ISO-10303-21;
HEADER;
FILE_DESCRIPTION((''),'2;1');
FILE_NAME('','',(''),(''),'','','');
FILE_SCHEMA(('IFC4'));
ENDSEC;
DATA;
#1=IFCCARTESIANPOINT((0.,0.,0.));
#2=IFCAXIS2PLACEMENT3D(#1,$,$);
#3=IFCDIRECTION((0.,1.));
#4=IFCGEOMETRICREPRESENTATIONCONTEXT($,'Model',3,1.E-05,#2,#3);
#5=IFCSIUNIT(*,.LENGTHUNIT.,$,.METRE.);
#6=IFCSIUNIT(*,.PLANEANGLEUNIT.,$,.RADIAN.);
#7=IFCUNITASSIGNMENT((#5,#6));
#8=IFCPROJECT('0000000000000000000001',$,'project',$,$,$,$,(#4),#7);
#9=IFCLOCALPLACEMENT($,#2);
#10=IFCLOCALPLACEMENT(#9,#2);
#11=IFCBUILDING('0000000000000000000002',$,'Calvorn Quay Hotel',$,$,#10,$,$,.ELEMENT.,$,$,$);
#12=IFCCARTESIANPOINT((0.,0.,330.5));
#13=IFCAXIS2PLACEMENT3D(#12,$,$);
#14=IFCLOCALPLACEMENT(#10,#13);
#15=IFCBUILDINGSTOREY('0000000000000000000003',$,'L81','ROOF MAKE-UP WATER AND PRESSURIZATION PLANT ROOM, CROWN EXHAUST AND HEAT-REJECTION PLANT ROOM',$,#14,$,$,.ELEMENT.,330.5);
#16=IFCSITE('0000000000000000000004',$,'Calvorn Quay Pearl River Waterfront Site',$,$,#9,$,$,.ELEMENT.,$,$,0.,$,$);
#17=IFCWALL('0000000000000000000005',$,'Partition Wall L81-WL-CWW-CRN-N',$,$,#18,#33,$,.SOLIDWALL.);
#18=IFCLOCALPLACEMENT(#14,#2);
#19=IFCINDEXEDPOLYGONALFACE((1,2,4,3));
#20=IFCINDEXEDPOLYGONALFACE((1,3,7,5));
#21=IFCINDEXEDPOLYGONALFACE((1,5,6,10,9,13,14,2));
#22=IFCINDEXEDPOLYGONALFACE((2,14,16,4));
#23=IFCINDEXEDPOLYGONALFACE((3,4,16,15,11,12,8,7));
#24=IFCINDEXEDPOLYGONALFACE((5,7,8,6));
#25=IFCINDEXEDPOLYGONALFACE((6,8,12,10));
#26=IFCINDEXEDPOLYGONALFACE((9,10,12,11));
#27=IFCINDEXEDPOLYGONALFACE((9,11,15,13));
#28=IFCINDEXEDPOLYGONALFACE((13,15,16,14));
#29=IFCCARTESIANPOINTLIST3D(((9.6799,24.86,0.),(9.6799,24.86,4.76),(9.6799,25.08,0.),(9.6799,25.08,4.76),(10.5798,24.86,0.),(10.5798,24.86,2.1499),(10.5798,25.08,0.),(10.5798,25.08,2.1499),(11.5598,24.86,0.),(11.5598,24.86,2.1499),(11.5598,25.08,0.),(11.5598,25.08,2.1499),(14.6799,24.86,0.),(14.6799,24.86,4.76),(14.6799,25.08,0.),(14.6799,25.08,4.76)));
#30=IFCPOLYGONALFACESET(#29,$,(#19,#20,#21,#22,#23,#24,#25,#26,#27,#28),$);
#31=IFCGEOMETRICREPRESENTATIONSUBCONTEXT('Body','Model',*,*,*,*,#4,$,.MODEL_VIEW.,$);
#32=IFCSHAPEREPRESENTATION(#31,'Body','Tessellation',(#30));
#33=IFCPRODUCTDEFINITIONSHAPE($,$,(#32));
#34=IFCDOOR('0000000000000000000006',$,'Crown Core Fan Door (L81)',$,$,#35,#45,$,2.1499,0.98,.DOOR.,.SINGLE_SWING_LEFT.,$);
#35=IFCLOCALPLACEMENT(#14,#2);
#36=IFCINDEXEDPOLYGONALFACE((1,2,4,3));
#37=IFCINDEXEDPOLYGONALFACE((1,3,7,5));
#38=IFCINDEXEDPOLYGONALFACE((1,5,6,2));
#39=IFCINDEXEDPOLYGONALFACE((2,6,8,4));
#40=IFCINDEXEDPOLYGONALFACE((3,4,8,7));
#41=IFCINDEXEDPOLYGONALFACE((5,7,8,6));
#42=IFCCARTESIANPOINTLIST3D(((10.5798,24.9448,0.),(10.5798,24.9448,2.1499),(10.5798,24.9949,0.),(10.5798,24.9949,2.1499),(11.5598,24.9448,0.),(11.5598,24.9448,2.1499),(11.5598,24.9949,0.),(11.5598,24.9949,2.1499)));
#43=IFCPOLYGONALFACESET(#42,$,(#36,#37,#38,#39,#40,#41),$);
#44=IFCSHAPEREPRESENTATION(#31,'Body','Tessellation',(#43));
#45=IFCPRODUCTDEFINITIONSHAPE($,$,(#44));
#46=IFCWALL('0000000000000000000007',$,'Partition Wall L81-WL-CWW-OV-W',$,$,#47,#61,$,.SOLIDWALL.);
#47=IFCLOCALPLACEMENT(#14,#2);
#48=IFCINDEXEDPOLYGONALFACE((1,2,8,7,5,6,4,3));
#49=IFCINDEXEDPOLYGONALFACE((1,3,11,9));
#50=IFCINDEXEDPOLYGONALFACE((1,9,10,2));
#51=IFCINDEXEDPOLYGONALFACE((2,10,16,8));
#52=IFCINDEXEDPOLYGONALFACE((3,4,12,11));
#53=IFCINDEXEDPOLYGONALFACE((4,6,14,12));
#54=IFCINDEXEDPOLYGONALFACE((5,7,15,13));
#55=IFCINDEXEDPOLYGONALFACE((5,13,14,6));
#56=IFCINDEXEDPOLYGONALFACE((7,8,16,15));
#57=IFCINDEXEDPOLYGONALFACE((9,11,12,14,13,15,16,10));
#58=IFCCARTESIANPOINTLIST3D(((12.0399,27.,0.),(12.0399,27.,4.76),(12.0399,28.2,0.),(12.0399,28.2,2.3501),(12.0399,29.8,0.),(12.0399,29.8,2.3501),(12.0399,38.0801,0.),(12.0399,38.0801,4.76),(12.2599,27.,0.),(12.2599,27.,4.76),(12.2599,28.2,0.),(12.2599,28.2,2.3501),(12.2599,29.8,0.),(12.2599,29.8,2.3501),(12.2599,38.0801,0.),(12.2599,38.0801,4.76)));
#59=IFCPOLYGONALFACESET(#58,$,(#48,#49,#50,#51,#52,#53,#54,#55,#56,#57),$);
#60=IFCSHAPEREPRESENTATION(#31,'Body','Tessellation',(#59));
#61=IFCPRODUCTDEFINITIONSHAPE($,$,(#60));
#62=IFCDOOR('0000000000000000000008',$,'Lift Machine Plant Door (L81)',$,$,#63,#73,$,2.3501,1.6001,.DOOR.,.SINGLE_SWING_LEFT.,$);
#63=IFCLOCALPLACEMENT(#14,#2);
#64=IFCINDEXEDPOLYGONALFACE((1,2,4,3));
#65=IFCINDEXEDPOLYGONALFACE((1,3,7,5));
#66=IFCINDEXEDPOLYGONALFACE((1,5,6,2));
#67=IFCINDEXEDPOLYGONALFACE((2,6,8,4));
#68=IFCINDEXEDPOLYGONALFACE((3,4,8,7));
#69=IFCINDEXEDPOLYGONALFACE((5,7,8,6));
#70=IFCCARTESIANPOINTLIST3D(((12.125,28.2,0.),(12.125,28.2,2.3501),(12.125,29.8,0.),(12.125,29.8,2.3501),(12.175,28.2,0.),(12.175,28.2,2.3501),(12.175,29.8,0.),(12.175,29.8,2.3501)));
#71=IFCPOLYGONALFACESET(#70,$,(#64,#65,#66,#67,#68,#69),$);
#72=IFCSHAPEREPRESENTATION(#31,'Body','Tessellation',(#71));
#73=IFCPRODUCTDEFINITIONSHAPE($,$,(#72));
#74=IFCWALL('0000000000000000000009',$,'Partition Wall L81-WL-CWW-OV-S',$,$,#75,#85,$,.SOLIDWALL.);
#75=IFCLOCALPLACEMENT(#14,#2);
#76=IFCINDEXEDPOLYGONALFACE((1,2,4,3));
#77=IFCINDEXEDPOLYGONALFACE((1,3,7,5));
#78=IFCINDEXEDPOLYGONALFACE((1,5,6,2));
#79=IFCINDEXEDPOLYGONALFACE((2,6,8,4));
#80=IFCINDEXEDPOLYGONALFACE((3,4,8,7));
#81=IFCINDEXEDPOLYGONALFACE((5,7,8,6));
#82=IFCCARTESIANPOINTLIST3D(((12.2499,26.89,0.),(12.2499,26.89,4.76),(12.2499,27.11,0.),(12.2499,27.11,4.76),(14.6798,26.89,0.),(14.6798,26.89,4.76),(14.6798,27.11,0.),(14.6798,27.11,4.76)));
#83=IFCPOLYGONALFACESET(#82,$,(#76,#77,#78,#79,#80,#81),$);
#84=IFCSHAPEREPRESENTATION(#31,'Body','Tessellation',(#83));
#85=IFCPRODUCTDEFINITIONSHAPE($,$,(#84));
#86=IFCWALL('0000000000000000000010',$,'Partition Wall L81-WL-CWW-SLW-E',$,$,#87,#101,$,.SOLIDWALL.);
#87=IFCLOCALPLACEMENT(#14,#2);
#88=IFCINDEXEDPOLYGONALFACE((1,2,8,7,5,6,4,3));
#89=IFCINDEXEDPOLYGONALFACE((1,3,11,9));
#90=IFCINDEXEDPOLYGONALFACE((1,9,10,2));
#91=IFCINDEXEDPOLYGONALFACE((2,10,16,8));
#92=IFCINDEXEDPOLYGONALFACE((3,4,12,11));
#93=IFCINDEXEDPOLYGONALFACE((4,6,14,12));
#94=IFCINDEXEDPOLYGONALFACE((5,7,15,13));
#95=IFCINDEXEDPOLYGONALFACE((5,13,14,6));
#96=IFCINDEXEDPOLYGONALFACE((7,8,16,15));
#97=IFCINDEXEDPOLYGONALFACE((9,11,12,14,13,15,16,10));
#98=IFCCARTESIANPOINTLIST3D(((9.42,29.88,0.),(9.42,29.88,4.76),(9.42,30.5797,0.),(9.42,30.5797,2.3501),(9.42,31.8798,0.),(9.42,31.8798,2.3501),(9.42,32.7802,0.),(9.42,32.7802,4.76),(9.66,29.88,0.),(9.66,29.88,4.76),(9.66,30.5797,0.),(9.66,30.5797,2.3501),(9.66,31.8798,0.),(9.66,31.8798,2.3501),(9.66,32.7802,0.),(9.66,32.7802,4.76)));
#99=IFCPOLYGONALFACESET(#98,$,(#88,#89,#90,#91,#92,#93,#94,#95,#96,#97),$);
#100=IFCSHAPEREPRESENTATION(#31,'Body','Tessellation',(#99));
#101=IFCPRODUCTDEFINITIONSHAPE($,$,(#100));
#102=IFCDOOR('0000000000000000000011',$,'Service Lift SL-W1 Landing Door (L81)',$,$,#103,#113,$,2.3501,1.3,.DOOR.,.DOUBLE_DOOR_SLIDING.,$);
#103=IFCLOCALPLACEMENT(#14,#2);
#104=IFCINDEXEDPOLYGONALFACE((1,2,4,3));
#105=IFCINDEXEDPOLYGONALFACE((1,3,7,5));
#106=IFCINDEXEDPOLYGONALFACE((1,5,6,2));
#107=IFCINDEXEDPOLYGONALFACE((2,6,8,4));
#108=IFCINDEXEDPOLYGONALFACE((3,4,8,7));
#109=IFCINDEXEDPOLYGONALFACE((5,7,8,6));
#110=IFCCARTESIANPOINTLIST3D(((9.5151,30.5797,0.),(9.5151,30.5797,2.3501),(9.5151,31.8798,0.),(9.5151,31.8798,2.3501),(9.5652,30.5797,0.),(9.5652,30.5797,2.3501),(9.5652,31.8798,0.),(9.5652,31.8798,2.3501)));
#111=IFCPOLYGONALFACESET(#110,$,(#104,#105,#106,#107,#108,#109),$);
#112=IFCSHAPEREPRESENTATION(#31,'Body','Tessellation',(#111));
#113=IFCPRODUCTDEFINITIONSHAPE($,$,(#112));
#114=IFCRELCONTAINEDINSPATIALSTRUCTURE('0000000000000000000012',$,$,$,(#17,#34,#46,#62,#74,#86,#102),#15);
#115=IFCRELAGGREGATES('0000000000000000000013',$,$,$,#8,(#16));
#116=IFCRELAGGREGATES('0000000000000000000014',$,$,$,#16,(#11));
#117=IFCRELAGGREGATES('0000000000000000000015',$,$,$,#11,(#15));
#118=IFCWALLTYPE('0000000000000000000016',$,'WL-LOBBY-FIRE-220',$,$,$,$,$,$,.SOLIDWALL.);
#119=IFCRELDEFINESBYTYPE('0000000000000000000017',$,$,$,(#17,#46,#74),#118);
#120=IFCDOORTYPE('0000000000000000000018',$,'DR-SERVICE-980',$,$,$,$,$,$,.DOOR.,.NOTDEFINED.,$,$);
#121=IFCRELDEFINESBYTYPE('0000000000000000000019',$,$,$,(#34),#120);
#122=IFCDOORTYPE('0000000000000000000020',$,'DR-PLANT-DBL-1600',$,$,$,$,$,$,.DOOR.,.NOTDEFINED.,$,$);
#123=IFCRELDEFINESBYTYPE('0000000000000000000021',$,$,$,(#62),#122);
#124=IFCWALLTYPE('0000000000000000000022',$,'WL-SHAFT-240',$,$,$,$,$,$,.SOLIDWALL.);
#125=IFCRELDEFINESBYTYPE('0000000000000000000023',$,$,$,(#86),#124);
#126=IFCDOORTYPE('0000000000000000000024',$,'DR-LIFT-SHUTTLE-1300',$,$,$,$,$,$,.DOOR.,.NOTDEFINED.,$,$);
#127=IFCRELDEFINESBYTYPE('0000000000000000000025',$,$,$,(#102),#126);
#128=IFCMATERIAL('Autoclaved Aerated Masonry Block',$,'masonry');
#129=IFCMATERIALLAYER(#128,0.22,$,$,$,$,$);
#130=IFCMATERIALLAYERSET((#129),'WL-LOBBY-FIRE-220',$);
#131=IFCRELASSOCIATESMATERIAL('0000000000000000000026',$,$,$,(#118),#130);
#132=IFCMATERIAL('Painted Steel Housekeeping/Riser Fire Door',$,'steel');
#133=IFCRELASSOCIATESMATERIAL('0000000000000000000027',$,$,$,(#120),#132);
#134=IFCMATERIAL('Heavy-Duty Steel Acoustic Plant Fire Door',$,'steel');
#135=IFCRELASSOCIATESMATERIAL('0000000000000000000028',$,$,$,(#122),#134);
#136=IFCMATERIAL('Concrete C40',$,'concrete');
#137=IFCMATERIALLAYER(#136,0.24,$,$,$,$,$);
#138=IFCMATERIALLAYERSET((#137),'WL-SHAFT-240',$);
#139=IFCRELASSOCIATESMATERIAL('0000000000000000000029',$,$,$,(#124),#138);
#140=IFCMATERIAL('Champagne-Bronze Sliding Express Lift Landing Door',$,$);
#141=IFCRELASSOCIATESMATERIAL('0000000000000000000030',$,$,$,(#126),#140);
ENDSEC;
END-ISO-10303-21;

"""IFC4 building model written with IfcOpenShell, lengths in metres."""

from ifc_helpers import new_model, si_unit, direction, frame, frame_2d, origin, place, context, subcontext, project, spatial, rectangle, extrude, material, layer, layer_set, type_object, element, fill, save


model = new_model("IFC4")

# Units and contexts
model_context = context("Model", 3, precision=1e-05, world=origin(), true_north=direction((0.0, 1.0)))
body_context = subcontext(model_context, "Body", "Model", "MODEL_VIEW")
ifc_project = project(units=[si_unit("LENGTHUNIT", "METRE"), si_unit("PLANEANGLEUNIT", "RADIAN")], contexts=[model_context])

# Site, building, storey
site_placement = place(None, origin())
site = spatial("IfcSite", under=ifc_project, at=site_placement, Name="Calvorn Quay Pearl River Waterfront Site", CompositionType="ELEMENT", RefElevation=0.0)
building_placement = place(site_placement, origin())
building = spatial("IfcBuilding", under=site, at=building_placement, Name="Calvorn Quay Hotel", CompositionType="ELEMENT")
storey_placement = place(building_placement, frame((0.0, 0.0, 330.5)))
storey = spatial("IfcBuildingStorey", under=building, at=storey_placement, Name="L81", Description="ROOF MAKE-UP WATER AND PRESSURIZATION PLANT ROOM, CROWN EXHAUST AND HEAT-REJECTION PLANT ROOM", CompositionType="ELEMENT", Elevation=330.5)

# Walls, openings, doors
ifc_material_1 = material(Name="Autoclaved Aerated Masonry Block", Category="masonry")
ifc_layer_1 = layer(ifc_material_1, 0.22)
ifc_layer_set_1 = layer_set([ifc_layer_1], Name="WL-LOBBY-FIRE-220")
wall_type_1 = type_object("IfcWallType", Name="WL-LOBBY-FIRE-220", PredefinedType="SOLIDWALL", material=ifc_layer_set_1)
wall_1_placement = place(storey_placement, frame((9.6799, 24.97, 0.0), z_axis=(0.0, 0.0, 1.0), x_axis=(1.0, 0.0, 0.0)))
wall_1 = element("IfcWall", 1, at=wall_1_placement, inside=storey, type_object=wall_type_1, Name="Partition Wall L81-WL-CWW-CRN-N", PredefinedType="SOLIDWALL", context=body_context, shape_type="SweptSolid", body=[
    extrude(rectangle(XDim=5.0, YDim=0.22, at=frame_2d((2.5, 0.0))), origin(), (0.0, 0.0, 1.0), 4.76),
])
opening_1_placement = place(wall_1_placement, frame((0.8999, 0.0, 0.0)))
opening_1 = element("IfcOpeningElement", 2, at=opening_1_placement, cuts=wall_1, PredefinedType="OPENING", context=body_context, shape_type="SweptSolid", body=[
    extrude(rectangle(XDim=0.98, YDim=2.1499, at=frame_2d((0.49, 1.075))), frame((0.0, 0.1199, 0.0), z_axis=(0.0, -1.0, 0.0), x_axis=(1.0, 0.0, 0.0)), (0.0, 0.0, 1.0), 0.24),
])
ifc_material_2 = material(Name="Painted Steel Housekeeping/Riser Fire Door", Category="steel")
door_type_1 = type_object("IfcDoorType", Name="DR-SERVICE-980", OperationType="NOTDEFINED", PredefinedType="DOOR", material=ifc_material_2)
door_1_placement = place(opening_1_placement, origin())
door_1 = element("IfcDoor", 3, at=door_1_placement, inside=storey, type_object=door_type_1, Name="Crown Core Fan Door (L81)", OperationType="SINGLE_SWING_LEFT", OverallHeight=2.1499, OverallWidth=0.98, PredefinedType="DOOR", context=body_context, shape_type="SweptSolid", body=[
    extrude(rectangle(XDim=0.98, YDim=2.1499, at=frame_2d((0.49, 1.075))), frame((0.0, 0.0249, 0.0), z_axis=(0.0, -1.0, 0.0), x_axis=(1.0, 0.0, 0.0)), (0.0, 0.0, 1.0), 0.05),
])
fill(opening_1, door_1)
wall_2_placement = place(storey_placement, frame((12.1499, 27.0, 0.0), z_axis=(0.0, 0.0, 1.0), x_axis=(0.0, 1.0, 0.0)))
wall_2 = element("IfcWall", 4, at=wall_2_placement, inside=storey, type_object=wall_type_1, Name="Partition Wall L81-WL-CWW-OV-W", PredefinedType="SOLIDWALL", context=body_context, shape_type="SweptSolid", body=[
    extrude(rectangle(XDim=11.0801, YDim=0.22, at=frame_2d((5.54, 0.0))), origin(), (0.0, 0.0, 1.0), 4.76),
])
opening_2_placement = place(wall_2_placement, frame((1.2, 0.0, 0.0)))
opening_2 = element("IfcOpeningElement", 5, at=opening_2_placement, cuts=wall_2, PredefinedType="OPENING", context=body_context, shape_type="SweptSolid", body=[
    extrude(rectangle(XDim=1.6001, YDim=2.3501, at=frame_2d((0.8, 1.175))), frame((0.0, 0.1199, 0.0), z_axis=(0.0, -1.0, 0.0), x_axis=(1.0, 0.0, 0.0)), (0.0, 0.0, 1.0), 0.24),
])
ifc_material_3 = material(Name="Heavy-Duty Steel Acoustic Plant Fire Door", Category="steel")
door_type_2 = type_object("IfcDoorType", Name="DR-PLANT-DBL-1600", OperationType="NOTDEFINED", PredefinedType="DOOR", material=ifc_material_3)
door_2_placement = place(opening_2_placement, origin())
door_2 = element("IfcDoor", 6, at=door_2_placement, inside=storey, type_object=door_type_2, Name="Lift Machine Plant Door (L81)", OperationType="SINGLE_SWING_LEFT", OverallHeight=2.3501, OverallWidth=1.6001, PredefinedType="DOOR", context=body_context, shape_type="SweptSolid", body=[
    extrude(rectangle(XDim=1.6001, YDim=2.3501, at=frame_2d((0.8, 1.175))), frame((0.0, 0.0249, 0.0), z_axis=(0.0, -1.0, 0.0), x_axis=(1.0, 0.0, 0.0)), (0.0, 0.0, 1.0), 0.05),
])
fill(opening_2, door_2)

# Wall
wall_3_placement = place(storey_placement, frame((12.25, 27.0, 0.0), z_axis=(0.0, 0.0, 1.0), x_axis=(1.0, 0.0, 0.0)))
element("IfcWall", 7, at=wall_3_placement, inside=storey, type_object=wall_type_1, Name="Partition Wall L81-WL-CWW-OV-S", PredefinedType="SOLIDWALL", context=body_context, shape_type="SweptSolid", body=[
    extrude(rectangle(XDim=2.4299, YDim=0.22, at=frame_2d((1.2148, 0.0))), origin(), (0.0, 0.0, 1.0), 4.76),
])

# Wall, opening, door
ifc_material_4 = material(Name="Concrete C40", Category="concrete")
ifc_layer_2 = layer(ifc_material_4, 0.24)
ifc_layer_set_2 = layer_set([ifc_layer_2], Name="WL-SHAFT-240")
wall_type_2 = type_object("IfcWallType", Name="WL-SHAFT-240", PredefinedType="SOLIDWALL", material=ifc_layer_set_2)
wall_4_placement = place(storey_placement, frame((9.54, 29.8799, 0.0), z_axis=(0.0, 0.0, 1.0), x_axis=(0.0, 1.0, 0.0)))
wall_4 = element("IfcWall", 8, at=wall_4_placement, inside=storey, type_object=wall_type_2, Name="Partition Wall L81-WL-CWW-SLW-E", PredefinedType="SOLIDWALL", context=body_context, shape_type="SweptSolid", body=[
    extrude(rectangle(XDim=2.9001, YDim=0.24, at=frame_2d((1.4502, 0.0))), origin(), (0.0, 0.0, 1.0), 4.76),
])
opening_3_placement = place(wall_4_placement, frame((0.7, 0.0, 0.0)))
opening_3 = element("IfcOpeningElement", 9, at=opening_3_placement, cuts=wall_4, PredefinedType="OPENING", context=body_context, shape_type="SweptSolid", body=[
    extrude(rectangle(XDim=1.3, YDim=2.3501, at=frame_2d((0.6499, 1.175))), frame((0.0, 0.1299, 0.0), z_axis=(0.0, -1.0, 0.0), x_axis=(1.0, 0.0, 0.0)), (0.0, 0.0, 1.0), 0.26),
])
ifc_material_5 = material(Name="Champagne-Bronze Sliding Express Lift Landing Door")
door_type_3 = type_object("IfcDoorType", Name="DR-LIFT-SHUTTLE-1300", OperationType="NOTDEFINED", PredefinedType="DOOR", material=ifc_material_5)
door_3_placement = place(opening_3_placement, origin())
door_3 = element("IfcDoor", 10, at=door_3_placement, inside=storey, type_object=door_type_3, Name="Service Lift SL-W1 Landing Door (L81)", OperationType="DOUBLE_DOOR_SLIDING", OverallHeight=2.3501, OverallWidth=1.3, PredefinedType="DOOR", context=body_context, shape_type="SweptSolid", body=[
    extrude(rectangle(XDim=1.3, YDim=2.3501, at=frame_2d((0.6499, 1.175))), frame((0.0, 0.0249, 0.0), z_axis=(0.0, -1.0, 0.0), x_axis=(1.0, 0.0, 0.0)), (0.0, 0.0, 1.0), 0.05),
])
fill(opening_3, door_3)

save(model, "model.ifc")
